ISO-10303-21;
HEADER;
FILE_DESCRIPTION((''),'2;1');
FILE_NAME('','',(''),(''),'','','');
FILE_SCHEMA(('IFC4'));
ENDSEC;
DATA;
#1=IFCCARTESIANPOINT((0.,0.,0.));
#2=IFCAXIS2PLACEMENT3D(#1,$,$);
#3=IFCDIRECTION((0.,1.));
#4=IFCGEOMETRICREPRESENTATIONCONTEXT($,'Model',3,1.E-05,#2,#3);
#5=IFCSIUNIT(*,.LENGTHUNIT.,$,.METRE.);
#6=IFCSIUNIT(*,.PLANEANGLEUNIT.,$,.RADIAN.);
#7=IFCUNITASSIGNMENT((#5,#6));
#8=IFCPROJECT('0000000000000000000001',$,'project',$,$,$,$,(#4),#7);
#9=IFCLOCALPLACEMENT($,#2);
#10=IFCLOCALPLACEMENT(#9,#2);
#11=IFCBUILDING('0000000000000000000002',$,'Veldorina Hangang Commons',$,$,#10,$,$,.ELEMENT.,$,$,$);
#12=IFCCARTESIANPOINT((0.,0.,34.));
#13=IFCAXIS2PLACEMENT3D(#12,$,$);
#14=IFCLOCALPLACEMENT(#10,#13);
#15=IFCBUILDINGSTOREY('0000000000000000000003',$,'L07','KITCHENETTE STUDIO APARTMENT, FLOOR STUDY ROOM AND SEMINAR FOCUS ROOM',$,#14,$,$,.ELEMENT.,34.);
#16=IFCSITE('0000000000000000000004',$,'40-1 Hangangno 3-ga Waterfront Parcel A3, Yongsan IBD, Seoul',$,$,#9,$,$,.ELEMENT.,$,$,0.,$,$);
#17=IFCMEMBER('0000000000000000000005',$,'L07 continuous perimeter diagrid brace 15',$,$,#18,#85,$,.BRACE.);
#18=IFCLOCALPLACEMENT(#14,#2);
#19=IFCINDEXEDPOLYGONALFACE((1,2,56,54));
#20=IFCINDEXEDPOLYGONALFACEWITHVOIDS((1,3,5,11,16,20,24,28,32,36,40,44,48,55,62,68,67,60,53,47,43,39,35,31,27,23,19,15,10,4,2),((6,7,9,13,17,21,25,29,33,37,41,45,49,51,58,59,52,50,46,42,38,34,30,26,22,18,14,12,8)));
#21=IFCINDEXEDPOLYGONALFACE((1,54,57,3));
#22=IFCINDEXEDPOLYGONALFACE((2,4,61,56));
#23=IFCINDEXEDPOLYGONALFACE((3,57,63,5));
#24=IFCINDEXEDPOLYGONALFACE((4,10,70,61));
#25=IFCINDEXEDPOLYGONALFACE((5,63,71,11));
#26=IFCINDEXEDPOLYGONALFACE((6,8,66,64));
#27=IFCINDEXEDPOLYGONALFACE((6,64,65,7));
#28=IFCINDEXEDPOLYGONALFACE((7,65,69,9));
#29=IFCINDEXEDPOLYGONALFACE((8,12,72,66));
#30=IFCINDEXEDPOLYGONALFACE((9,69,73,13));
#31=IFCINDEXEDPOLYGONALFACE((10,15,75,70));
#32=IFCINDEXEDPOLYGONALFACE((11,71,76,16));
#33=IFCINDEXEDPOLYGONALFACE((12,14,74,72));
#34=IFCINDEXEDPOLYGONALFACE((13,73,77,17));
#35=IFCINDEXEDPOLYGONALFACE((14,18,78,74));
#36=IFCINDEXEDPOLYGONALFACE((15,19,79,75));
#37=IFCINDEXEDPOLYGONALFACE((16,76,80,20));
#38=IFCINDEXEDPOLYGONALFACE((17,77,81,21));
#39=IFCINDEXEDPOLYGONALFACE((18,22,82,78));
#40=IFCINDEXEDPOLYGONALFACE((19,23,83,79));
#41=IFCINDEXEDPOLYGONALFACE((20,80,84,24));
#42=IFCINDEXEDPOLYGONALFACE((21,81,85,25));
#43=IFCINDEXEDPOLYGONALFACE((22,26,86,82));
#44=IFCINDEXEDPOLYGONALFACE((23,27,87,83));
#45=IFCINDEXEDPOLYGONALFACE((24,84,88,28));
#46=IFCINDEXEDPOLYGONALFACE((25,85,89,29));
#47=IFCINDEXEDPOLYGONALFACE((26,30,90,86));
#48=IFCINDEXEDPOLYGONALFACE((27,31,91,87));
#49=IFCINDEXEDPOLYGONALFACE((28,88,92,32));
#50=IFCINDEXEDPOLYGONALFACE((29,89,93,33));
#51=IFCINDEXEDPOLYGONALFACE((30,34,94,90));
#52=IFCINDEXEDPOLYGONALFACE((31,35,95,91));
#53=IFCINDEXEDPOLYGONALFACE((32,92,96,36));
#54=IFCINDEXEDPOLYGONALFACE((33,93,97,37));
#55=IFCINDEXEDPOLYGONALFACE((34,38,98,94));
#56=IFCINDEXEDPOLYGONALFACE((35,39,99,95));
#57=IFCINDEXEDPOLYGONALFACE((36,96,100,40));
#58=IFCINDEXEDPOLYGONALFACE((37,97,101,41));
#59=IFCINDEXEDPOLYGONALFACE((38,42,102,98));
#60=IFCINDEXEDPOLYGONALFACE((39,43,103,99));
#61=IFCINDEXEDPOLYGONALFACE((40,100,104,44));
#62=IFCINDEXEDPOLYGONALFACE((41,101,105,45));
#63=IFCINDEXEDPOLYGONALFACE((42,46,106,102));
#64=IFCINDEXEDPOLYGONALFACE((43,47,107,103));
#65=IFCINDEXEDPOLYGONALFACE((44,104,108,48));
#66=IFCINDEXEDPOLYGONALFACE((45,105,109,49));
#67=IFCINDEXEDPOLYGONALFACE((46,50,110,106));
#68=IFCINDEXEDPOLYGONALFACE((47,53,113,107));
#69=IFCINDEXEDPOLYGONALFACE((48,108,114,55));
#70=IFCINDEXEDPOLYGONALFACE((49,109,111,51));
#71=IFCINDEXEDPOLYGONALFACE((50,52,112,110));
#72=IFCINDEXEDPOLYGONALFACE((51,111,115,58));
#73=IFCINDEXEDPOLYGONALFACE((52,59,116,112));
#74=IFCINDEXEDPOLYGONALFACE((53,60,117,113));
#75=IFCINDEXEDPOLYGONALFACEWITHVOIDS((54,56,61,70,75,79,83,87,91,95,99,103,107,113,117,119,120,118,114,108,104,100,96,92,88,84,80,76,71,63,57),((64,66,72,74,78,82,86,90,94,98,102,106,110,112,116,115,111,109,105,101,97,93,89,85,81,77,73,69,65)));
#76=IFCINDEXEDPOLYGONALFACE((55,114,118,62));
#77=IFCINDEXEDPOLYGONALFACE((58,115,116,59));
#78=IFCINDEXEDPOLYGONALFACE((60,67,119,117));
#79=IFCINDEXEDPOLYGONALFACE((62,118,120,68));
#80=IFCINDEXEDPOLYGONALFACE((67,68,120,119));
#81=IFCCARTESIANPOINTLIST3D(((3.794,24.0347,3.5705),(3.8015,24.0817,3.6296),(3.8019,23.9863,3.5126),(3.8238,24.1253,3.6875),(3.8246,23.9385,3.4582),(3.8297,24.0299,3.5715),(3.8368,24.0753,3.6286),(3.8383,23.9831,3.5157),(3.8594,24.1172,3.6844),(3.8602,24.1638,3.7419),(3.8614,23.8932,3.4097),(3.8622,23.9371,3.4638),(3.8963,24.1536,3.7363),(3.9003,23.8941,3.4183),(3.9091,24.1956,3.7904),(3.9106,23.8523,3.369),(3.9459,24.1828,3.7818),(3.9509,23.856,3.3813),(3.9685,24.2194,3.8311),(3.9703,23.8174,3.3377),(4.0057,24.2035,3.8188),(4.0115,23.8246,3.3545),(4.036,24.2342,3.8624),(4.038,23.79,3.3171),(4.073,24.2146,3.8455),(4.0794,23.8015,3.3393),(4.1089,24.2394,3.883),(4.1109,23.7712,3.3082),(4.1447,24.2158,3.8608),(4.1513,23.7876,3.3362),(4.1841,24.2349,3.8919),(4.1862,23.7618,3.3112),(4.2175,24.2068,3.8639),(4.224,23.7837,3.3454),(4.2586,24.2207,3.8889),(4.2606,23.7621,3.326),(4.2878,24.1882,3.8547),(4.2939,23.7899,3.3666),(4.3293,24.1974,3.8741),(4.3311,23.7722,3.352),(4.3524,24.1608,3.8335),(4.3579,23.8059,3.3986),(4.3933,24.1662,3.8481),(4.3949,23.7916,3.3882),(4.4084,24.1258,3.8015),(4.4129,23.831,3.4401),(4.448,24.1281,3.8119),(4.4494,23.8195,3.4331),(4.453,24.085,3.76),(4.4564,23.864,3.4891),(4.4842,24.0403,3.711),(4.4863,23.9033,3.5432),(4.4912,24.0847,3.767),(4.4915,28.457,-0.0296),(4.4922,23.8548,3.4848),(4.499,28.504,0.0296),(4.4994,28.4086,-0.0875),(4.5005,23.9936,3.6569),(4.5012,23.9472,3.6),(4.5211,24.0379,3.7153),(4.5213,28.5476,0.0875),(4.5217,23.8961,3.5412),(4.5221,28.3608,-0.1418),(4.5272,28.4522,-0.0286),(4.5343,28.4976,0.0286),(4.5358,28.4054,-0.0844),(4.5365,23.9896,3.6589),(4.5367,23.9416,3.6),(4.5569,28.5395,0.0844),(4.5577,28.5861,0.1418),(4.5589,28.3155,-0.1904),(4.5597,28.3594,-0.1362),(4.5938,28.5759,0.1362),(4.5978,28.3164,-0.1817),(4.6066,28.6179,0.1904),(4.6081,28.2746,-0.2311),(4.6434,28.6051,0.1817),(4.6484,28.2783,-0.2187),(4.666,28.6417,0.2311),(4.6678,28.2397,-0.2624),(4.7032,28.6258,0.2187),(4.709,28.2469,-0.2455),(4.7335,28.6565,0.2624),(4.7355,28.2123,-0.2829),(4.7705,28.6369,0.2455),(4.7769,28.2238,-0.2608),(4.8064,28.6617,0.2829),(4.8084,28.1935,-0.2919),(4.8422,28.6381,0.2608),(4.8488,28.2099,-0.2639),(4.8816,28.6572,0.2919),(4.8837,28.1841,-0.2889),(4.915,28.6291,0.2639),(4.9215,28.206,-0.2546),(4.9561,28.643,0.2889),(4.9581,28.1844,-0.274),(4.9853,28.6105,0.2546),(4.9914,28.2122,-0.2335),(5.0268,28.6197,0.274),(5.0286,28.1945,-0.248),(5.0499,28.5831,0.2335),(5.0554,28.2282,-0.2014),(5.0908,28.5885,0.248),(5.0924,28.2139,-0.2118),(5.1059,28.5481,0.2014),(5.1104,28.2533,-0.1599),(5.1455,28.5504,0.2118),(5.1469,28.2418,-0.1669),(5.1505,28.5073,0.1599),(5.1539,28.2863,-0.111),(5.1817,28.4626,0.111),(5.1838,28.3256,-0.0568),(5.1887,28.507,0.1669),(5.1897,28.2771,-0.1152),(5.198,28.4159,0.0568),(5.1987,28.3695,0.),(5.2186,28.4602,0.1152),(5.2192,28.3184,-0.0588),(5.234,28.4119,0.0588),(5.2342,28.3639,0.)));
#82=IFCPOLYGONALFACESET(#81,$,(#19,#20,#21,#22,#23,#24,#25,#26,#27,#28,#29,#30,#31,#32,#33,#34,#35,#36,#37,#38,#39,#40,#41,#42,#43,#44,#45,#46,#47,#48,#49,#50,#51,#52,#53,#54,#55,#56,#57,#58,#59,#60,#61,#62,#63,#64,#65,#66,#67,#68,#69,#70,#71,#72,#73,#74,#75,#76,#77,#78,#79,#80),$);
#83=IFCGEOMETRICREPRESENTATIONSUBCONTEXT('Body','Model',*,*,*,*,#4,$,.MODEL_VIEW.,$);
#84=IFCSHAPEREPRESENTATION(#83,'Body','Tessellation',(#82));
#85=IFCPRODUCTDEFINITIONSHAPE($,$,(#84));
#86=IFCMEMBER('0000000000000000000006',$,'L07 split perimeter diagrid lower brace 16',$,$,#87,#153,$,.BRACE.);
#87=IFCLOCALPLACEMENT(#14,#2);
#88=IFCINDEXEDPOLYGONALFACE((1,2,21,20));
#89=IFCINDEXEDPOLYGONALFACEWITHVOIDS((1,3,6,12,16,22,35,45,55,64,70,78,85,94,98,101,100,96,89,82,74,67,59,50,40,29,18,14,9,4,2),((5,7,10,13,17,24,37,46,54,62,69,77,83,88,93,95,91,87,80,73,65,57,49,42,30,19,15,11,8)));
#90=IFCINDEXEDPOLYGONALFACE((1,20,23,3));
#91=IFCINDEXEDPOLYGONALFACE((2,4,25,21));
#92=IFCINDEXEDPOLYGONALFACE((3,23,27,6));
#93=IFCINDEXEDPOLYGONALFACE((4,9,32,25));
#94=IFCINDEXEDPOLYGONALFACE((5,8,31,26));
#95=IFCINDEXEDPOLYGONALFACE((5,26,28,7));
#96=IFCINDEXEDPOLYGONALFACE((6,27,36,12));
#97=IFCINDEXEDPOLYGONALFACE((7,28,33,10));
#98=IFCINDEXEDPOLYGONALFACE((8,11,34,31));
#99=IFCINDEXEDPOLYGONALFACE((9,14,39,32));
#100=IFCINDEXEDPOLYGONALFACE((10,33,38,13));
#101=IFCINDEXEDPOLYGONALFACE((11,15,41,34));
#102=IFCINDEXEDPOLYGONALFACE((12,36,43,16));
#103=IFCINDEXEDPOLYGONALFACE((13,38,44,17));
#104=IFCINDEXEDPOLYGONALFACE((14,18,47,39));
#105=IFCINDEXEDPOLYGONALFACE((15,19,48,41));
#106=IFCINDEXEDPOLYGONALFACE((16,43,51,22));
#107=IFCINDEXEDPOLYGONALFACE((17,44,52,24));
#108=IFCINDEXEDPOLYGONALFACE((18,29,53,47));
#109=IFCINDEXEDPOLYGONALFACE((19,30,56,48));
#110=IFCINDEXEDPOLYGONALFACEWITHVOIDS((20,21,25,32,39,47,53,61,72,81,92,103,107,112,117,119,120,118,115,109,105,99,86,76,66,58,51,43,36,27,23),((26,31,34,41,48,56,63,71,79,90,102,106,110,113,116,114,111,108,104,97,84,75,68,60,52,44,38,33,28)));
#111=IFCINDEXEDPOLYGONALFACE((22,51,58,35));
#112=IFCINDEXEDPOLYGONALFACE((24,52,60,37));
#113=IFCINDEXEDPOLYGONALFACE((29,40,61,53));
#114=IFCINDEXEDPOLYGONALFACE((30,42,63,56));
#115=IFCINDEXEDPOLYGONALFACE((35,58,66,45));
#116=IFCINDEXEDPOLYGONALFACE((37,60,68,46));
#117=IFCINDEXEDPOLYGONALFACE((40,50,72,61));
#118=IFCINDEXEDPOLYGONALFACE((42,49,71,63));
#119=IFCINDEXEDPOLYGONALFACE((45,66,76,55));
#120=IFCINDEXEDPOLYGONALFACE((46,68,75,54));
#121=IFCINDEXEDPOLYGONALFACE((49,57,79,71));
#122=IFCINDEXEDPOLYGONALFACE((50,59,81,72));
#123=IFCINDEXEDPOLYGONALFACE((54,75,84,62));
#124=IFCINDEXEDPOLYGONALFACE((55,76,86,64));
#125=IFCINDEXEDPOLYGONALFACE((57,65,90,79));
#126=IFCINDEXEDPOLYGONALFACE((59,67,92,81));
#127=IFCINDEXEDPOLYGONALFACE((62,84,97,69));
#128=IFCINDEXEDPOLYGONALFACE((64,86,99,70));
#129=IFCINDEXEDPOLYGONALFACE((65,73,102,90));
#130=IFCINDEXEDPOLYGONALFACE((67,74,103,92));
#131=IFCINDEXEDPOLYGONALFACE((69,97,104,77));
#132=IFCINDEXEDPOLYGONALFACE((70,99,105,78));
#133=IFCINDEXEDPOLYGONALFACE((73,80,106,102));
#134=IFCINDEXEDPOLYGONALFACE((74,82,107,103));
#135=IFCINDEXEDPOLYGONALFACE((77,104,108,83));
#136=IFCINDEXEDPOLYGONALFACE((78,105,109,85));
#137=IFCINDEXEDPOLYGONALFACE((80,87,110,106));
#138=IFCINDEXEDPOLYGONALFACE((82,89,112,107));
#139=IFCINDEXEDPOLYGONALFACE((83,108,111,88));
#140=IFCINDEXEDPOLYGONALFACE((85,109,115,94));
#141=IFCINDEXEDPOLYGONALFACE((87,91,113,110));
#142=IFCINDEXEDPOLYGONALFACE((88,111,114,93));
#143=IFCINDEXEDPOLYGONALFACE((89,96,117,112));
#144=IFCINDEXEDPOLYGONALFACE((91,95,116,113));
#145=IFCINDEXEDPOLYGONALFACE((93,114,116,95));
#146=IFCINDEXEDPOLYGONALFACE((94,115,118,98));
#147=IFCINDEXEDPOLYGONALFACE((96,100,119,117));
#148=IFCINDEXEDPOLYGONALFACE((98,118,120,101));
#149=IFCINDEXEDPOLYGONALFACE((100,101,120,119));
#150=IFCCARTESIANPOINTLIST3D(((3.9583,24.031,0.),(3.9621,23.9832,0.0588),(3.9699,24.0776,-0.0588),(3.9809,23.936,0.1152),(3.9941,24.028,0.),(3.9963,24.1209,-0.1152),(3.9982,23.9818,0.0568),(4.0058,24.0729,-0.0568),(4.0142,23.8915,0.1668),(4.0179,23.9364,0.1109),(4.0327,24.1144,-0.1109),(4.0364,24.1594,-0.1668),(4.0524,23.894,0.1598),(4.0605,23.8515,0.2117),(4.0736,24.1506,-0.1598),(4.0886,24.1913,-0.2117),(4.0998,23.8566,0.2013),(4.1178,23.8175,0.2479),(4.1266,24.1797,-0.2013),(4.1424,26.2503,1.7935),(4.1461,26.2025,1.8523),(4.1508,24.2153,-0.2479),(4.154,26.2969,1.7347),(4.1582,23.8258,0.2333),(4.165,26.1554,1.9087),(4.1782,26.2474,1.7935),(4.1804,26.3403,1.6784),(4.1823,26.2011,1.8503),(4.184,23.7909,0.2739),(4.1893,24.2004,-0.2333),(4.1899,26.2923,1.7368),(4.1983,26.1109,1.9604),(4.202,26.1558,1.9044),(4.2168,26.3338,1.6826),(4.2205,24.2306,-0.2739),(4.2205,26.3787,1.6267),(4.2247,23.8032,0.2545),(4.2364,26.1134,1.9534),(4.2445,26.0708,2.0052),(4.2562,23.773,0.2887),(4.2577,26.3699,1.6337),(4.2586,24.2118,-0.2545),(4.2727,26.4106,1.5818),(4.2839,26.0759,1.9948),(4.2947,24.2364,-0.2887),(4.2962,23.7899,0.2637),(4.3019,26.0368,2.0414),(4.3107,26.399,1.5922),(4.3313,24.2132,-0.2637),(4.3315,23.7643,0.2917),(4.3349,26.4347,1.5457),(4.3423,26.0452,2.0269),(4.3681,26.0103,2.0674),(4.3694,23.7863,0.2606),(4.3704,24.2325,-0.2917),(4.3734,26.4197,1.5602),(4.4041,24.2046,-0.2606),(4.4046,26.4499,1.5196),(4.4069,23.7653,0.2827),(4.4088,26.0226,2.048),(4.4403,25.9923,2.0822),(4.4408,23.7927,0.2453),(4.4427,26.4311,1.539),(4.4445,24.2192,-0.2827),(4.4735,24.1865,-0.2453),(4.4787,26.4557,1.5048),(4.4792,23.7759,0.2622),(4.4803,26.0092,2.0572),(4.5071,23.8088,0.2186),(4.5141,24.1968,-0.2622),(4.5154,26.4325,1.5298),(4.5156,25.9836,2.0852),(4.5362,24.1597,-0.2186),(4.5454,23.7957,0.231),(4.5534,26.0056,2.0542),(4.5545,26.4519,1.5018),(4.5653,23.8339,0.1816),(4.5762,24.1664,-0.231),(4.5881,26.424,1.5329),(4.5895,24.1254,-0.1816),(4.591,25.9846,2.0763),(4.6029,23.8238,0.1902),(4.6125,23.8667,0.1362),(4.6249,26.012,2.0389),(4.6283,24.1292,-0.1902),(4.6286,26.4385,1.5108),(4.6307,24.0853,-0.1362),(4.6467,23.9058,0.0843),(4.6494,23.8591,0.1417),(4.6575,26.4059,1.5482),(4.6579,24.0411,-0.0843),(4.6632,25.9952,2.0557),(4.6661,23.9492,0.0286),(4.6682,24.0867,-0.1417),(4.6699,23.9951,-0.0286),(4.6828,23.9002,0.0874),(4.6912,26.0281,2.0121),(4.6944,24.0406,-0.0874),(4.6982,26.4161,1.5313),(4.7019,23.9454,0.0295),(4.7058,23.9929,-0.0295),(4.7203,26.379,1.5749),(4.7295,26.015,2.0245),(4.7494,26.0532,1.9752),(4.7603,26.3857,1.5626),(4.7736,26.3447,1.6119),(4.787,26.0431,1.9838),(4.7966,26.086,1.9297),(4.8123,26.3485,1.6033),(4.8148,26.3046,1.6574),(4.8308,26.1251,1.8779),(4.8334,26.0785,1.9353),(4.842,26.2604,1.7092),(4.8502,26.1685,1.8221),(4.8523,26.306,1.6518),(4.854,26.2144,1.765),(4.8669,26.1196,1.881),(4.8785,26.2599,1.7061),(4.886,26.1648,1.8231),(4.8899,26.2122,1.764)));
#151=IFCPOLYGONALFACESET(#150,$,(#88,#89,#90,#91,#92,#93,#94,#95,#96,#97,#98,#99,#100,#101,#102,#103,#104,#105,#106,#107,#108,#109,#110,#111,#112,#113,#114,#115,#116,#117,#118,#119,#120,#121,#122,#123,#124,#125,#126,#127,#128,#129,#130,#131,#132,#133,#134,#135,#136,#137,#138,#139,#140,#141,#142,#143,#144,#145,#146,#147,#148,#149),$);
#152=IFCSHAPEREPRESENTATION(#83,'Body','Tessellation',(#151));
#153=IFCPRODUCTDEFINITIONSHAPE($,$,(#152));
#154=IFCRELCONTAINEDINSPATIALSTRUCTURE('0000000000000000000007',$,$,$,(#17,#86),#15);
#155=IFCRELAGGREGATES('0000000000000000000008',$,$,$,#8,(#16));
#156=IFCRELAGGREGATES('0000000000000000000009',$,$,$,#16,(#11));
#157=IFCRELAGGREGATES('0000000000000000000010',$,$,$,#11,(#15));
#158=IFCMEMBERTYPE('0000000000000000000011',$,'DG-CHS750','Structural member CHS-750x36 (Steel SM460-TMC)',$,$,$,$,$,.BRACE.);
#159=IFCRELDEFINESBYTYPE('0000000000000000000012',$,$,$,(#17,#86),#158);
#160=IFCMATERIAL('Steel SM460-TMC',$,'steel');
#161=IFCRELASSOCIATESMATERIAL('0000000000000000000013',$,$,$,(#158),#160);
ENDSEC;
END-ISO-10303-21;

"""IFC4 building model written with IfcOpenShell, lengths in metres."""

from ifc_helpers import new_model, si_unit, direction, frame, origin, origin_2d, place, context, subcontext, project, spatial, hollow_circle, extrude, material, material_profile, profile_set, type_object, element, save


model = new_model("IFC4")

# Units and contexts
model_context = context("Model", 3, precision=1e-05, world=origin(), true_north=direction((0.0, 1.0)))
body_context = subcontext(model_context, "Body", "Model", "MODEL_VIEW")
ifc_project = project(units=[si_unit("LENGTHUNIT", "METRE"), si_unit("PLANEANGLEUNIT", "RADIAN")], contexts=[model_context])

# Site, building, storey
site_placement = place(None, origin())
site = spatial("IfcSite", under=ifc_project, at=site_placement, Name="40-1 Hangangno 3-ga Waterfront Parcel A3, Yongsan IBD, Seoul", CompositionType="ELEMENT", RefElevation=0.0)
building_placement = place(site_placement, origin())
building = spatial("IfcBuilding", under=site, at=building_placement, Name="Veldorina Hangang Commons", CompositionType="ELEMENT")
storey_placement = place(building_placement, frame((0.0, 0.0, 34.0)))
storey = spatial("IfcBuildingStorey", under=building, at=storey_placement, Name="L07", Description="KITCHENETTE STUDIO APARTMENT, FLOOR STUDY ROOM AND SEMINAR FOCUS ROOM", CompositionType="ELEMENT", Elevation=34.0)

# Shared definitions
ifc_material_1 = material(Name="Steel SM460-TMC", Category="steel")

# Members
ifc_material_profile_1 = material_profile(ifc_material_1, hollow_circle(Radius=0.375, WallThickness=0.0359, at=origin_2d()), Name="CHS-750x36")
ifc_profile_set_1 = profile_set([ifc_material_profile_1], Name="Steel SM460-TMC")
member_type = type_object("IfcMemberType", Name="DG-CHS750", Description="Structural member CHS-750x36 (Steel SM460-TMC)", PredefinedType="BRACE", material=ifc_profile_set_1)
member_1_placement = place(storey_placement, frame((4.8638, 28.4224, 0.0), z_axis=(-0.121413, -0.769782, 0.626654), x_axis=(0.987789, -0.155797, 0.0)))
element("IfcMember", 1, at=member_1_placement, inside=storey, type_object=member_type, Name="L07 continuous perimeter diagrid brace 15", PredefinedType="BRACE", context=body_context, shape_type="SweptSolid", body=[
    extrude(hollow_circle(Radius=0.375, WallThickness=0.0359, at=origin_2d()), origin(), (0.0, 0.0, 1.0), 5.7449),
])
member_2_placement = place(storey_placement, frame((4.332, 24.0, 0.0), z_axis=(0.064381, 0.776157, 0.627244), x_axis=(-0.996577, 0.082664, 0.0)))
element("IfcMember", 2, at=member_2_placement, inside=storey, type_object=member_type, Name="L07 split perimeter diagrid lower brace 16", PredefinedType="BRACE", context=body_context, shape_type="SweptSolid", body=[
    extrude(hollow_circle(Radius=0.375, WallThickness=0.0359, at=origin_2d()), origin(), (0.0, 0.0, 1.0), 2.8594),
])

save(model, "model.ifc")
